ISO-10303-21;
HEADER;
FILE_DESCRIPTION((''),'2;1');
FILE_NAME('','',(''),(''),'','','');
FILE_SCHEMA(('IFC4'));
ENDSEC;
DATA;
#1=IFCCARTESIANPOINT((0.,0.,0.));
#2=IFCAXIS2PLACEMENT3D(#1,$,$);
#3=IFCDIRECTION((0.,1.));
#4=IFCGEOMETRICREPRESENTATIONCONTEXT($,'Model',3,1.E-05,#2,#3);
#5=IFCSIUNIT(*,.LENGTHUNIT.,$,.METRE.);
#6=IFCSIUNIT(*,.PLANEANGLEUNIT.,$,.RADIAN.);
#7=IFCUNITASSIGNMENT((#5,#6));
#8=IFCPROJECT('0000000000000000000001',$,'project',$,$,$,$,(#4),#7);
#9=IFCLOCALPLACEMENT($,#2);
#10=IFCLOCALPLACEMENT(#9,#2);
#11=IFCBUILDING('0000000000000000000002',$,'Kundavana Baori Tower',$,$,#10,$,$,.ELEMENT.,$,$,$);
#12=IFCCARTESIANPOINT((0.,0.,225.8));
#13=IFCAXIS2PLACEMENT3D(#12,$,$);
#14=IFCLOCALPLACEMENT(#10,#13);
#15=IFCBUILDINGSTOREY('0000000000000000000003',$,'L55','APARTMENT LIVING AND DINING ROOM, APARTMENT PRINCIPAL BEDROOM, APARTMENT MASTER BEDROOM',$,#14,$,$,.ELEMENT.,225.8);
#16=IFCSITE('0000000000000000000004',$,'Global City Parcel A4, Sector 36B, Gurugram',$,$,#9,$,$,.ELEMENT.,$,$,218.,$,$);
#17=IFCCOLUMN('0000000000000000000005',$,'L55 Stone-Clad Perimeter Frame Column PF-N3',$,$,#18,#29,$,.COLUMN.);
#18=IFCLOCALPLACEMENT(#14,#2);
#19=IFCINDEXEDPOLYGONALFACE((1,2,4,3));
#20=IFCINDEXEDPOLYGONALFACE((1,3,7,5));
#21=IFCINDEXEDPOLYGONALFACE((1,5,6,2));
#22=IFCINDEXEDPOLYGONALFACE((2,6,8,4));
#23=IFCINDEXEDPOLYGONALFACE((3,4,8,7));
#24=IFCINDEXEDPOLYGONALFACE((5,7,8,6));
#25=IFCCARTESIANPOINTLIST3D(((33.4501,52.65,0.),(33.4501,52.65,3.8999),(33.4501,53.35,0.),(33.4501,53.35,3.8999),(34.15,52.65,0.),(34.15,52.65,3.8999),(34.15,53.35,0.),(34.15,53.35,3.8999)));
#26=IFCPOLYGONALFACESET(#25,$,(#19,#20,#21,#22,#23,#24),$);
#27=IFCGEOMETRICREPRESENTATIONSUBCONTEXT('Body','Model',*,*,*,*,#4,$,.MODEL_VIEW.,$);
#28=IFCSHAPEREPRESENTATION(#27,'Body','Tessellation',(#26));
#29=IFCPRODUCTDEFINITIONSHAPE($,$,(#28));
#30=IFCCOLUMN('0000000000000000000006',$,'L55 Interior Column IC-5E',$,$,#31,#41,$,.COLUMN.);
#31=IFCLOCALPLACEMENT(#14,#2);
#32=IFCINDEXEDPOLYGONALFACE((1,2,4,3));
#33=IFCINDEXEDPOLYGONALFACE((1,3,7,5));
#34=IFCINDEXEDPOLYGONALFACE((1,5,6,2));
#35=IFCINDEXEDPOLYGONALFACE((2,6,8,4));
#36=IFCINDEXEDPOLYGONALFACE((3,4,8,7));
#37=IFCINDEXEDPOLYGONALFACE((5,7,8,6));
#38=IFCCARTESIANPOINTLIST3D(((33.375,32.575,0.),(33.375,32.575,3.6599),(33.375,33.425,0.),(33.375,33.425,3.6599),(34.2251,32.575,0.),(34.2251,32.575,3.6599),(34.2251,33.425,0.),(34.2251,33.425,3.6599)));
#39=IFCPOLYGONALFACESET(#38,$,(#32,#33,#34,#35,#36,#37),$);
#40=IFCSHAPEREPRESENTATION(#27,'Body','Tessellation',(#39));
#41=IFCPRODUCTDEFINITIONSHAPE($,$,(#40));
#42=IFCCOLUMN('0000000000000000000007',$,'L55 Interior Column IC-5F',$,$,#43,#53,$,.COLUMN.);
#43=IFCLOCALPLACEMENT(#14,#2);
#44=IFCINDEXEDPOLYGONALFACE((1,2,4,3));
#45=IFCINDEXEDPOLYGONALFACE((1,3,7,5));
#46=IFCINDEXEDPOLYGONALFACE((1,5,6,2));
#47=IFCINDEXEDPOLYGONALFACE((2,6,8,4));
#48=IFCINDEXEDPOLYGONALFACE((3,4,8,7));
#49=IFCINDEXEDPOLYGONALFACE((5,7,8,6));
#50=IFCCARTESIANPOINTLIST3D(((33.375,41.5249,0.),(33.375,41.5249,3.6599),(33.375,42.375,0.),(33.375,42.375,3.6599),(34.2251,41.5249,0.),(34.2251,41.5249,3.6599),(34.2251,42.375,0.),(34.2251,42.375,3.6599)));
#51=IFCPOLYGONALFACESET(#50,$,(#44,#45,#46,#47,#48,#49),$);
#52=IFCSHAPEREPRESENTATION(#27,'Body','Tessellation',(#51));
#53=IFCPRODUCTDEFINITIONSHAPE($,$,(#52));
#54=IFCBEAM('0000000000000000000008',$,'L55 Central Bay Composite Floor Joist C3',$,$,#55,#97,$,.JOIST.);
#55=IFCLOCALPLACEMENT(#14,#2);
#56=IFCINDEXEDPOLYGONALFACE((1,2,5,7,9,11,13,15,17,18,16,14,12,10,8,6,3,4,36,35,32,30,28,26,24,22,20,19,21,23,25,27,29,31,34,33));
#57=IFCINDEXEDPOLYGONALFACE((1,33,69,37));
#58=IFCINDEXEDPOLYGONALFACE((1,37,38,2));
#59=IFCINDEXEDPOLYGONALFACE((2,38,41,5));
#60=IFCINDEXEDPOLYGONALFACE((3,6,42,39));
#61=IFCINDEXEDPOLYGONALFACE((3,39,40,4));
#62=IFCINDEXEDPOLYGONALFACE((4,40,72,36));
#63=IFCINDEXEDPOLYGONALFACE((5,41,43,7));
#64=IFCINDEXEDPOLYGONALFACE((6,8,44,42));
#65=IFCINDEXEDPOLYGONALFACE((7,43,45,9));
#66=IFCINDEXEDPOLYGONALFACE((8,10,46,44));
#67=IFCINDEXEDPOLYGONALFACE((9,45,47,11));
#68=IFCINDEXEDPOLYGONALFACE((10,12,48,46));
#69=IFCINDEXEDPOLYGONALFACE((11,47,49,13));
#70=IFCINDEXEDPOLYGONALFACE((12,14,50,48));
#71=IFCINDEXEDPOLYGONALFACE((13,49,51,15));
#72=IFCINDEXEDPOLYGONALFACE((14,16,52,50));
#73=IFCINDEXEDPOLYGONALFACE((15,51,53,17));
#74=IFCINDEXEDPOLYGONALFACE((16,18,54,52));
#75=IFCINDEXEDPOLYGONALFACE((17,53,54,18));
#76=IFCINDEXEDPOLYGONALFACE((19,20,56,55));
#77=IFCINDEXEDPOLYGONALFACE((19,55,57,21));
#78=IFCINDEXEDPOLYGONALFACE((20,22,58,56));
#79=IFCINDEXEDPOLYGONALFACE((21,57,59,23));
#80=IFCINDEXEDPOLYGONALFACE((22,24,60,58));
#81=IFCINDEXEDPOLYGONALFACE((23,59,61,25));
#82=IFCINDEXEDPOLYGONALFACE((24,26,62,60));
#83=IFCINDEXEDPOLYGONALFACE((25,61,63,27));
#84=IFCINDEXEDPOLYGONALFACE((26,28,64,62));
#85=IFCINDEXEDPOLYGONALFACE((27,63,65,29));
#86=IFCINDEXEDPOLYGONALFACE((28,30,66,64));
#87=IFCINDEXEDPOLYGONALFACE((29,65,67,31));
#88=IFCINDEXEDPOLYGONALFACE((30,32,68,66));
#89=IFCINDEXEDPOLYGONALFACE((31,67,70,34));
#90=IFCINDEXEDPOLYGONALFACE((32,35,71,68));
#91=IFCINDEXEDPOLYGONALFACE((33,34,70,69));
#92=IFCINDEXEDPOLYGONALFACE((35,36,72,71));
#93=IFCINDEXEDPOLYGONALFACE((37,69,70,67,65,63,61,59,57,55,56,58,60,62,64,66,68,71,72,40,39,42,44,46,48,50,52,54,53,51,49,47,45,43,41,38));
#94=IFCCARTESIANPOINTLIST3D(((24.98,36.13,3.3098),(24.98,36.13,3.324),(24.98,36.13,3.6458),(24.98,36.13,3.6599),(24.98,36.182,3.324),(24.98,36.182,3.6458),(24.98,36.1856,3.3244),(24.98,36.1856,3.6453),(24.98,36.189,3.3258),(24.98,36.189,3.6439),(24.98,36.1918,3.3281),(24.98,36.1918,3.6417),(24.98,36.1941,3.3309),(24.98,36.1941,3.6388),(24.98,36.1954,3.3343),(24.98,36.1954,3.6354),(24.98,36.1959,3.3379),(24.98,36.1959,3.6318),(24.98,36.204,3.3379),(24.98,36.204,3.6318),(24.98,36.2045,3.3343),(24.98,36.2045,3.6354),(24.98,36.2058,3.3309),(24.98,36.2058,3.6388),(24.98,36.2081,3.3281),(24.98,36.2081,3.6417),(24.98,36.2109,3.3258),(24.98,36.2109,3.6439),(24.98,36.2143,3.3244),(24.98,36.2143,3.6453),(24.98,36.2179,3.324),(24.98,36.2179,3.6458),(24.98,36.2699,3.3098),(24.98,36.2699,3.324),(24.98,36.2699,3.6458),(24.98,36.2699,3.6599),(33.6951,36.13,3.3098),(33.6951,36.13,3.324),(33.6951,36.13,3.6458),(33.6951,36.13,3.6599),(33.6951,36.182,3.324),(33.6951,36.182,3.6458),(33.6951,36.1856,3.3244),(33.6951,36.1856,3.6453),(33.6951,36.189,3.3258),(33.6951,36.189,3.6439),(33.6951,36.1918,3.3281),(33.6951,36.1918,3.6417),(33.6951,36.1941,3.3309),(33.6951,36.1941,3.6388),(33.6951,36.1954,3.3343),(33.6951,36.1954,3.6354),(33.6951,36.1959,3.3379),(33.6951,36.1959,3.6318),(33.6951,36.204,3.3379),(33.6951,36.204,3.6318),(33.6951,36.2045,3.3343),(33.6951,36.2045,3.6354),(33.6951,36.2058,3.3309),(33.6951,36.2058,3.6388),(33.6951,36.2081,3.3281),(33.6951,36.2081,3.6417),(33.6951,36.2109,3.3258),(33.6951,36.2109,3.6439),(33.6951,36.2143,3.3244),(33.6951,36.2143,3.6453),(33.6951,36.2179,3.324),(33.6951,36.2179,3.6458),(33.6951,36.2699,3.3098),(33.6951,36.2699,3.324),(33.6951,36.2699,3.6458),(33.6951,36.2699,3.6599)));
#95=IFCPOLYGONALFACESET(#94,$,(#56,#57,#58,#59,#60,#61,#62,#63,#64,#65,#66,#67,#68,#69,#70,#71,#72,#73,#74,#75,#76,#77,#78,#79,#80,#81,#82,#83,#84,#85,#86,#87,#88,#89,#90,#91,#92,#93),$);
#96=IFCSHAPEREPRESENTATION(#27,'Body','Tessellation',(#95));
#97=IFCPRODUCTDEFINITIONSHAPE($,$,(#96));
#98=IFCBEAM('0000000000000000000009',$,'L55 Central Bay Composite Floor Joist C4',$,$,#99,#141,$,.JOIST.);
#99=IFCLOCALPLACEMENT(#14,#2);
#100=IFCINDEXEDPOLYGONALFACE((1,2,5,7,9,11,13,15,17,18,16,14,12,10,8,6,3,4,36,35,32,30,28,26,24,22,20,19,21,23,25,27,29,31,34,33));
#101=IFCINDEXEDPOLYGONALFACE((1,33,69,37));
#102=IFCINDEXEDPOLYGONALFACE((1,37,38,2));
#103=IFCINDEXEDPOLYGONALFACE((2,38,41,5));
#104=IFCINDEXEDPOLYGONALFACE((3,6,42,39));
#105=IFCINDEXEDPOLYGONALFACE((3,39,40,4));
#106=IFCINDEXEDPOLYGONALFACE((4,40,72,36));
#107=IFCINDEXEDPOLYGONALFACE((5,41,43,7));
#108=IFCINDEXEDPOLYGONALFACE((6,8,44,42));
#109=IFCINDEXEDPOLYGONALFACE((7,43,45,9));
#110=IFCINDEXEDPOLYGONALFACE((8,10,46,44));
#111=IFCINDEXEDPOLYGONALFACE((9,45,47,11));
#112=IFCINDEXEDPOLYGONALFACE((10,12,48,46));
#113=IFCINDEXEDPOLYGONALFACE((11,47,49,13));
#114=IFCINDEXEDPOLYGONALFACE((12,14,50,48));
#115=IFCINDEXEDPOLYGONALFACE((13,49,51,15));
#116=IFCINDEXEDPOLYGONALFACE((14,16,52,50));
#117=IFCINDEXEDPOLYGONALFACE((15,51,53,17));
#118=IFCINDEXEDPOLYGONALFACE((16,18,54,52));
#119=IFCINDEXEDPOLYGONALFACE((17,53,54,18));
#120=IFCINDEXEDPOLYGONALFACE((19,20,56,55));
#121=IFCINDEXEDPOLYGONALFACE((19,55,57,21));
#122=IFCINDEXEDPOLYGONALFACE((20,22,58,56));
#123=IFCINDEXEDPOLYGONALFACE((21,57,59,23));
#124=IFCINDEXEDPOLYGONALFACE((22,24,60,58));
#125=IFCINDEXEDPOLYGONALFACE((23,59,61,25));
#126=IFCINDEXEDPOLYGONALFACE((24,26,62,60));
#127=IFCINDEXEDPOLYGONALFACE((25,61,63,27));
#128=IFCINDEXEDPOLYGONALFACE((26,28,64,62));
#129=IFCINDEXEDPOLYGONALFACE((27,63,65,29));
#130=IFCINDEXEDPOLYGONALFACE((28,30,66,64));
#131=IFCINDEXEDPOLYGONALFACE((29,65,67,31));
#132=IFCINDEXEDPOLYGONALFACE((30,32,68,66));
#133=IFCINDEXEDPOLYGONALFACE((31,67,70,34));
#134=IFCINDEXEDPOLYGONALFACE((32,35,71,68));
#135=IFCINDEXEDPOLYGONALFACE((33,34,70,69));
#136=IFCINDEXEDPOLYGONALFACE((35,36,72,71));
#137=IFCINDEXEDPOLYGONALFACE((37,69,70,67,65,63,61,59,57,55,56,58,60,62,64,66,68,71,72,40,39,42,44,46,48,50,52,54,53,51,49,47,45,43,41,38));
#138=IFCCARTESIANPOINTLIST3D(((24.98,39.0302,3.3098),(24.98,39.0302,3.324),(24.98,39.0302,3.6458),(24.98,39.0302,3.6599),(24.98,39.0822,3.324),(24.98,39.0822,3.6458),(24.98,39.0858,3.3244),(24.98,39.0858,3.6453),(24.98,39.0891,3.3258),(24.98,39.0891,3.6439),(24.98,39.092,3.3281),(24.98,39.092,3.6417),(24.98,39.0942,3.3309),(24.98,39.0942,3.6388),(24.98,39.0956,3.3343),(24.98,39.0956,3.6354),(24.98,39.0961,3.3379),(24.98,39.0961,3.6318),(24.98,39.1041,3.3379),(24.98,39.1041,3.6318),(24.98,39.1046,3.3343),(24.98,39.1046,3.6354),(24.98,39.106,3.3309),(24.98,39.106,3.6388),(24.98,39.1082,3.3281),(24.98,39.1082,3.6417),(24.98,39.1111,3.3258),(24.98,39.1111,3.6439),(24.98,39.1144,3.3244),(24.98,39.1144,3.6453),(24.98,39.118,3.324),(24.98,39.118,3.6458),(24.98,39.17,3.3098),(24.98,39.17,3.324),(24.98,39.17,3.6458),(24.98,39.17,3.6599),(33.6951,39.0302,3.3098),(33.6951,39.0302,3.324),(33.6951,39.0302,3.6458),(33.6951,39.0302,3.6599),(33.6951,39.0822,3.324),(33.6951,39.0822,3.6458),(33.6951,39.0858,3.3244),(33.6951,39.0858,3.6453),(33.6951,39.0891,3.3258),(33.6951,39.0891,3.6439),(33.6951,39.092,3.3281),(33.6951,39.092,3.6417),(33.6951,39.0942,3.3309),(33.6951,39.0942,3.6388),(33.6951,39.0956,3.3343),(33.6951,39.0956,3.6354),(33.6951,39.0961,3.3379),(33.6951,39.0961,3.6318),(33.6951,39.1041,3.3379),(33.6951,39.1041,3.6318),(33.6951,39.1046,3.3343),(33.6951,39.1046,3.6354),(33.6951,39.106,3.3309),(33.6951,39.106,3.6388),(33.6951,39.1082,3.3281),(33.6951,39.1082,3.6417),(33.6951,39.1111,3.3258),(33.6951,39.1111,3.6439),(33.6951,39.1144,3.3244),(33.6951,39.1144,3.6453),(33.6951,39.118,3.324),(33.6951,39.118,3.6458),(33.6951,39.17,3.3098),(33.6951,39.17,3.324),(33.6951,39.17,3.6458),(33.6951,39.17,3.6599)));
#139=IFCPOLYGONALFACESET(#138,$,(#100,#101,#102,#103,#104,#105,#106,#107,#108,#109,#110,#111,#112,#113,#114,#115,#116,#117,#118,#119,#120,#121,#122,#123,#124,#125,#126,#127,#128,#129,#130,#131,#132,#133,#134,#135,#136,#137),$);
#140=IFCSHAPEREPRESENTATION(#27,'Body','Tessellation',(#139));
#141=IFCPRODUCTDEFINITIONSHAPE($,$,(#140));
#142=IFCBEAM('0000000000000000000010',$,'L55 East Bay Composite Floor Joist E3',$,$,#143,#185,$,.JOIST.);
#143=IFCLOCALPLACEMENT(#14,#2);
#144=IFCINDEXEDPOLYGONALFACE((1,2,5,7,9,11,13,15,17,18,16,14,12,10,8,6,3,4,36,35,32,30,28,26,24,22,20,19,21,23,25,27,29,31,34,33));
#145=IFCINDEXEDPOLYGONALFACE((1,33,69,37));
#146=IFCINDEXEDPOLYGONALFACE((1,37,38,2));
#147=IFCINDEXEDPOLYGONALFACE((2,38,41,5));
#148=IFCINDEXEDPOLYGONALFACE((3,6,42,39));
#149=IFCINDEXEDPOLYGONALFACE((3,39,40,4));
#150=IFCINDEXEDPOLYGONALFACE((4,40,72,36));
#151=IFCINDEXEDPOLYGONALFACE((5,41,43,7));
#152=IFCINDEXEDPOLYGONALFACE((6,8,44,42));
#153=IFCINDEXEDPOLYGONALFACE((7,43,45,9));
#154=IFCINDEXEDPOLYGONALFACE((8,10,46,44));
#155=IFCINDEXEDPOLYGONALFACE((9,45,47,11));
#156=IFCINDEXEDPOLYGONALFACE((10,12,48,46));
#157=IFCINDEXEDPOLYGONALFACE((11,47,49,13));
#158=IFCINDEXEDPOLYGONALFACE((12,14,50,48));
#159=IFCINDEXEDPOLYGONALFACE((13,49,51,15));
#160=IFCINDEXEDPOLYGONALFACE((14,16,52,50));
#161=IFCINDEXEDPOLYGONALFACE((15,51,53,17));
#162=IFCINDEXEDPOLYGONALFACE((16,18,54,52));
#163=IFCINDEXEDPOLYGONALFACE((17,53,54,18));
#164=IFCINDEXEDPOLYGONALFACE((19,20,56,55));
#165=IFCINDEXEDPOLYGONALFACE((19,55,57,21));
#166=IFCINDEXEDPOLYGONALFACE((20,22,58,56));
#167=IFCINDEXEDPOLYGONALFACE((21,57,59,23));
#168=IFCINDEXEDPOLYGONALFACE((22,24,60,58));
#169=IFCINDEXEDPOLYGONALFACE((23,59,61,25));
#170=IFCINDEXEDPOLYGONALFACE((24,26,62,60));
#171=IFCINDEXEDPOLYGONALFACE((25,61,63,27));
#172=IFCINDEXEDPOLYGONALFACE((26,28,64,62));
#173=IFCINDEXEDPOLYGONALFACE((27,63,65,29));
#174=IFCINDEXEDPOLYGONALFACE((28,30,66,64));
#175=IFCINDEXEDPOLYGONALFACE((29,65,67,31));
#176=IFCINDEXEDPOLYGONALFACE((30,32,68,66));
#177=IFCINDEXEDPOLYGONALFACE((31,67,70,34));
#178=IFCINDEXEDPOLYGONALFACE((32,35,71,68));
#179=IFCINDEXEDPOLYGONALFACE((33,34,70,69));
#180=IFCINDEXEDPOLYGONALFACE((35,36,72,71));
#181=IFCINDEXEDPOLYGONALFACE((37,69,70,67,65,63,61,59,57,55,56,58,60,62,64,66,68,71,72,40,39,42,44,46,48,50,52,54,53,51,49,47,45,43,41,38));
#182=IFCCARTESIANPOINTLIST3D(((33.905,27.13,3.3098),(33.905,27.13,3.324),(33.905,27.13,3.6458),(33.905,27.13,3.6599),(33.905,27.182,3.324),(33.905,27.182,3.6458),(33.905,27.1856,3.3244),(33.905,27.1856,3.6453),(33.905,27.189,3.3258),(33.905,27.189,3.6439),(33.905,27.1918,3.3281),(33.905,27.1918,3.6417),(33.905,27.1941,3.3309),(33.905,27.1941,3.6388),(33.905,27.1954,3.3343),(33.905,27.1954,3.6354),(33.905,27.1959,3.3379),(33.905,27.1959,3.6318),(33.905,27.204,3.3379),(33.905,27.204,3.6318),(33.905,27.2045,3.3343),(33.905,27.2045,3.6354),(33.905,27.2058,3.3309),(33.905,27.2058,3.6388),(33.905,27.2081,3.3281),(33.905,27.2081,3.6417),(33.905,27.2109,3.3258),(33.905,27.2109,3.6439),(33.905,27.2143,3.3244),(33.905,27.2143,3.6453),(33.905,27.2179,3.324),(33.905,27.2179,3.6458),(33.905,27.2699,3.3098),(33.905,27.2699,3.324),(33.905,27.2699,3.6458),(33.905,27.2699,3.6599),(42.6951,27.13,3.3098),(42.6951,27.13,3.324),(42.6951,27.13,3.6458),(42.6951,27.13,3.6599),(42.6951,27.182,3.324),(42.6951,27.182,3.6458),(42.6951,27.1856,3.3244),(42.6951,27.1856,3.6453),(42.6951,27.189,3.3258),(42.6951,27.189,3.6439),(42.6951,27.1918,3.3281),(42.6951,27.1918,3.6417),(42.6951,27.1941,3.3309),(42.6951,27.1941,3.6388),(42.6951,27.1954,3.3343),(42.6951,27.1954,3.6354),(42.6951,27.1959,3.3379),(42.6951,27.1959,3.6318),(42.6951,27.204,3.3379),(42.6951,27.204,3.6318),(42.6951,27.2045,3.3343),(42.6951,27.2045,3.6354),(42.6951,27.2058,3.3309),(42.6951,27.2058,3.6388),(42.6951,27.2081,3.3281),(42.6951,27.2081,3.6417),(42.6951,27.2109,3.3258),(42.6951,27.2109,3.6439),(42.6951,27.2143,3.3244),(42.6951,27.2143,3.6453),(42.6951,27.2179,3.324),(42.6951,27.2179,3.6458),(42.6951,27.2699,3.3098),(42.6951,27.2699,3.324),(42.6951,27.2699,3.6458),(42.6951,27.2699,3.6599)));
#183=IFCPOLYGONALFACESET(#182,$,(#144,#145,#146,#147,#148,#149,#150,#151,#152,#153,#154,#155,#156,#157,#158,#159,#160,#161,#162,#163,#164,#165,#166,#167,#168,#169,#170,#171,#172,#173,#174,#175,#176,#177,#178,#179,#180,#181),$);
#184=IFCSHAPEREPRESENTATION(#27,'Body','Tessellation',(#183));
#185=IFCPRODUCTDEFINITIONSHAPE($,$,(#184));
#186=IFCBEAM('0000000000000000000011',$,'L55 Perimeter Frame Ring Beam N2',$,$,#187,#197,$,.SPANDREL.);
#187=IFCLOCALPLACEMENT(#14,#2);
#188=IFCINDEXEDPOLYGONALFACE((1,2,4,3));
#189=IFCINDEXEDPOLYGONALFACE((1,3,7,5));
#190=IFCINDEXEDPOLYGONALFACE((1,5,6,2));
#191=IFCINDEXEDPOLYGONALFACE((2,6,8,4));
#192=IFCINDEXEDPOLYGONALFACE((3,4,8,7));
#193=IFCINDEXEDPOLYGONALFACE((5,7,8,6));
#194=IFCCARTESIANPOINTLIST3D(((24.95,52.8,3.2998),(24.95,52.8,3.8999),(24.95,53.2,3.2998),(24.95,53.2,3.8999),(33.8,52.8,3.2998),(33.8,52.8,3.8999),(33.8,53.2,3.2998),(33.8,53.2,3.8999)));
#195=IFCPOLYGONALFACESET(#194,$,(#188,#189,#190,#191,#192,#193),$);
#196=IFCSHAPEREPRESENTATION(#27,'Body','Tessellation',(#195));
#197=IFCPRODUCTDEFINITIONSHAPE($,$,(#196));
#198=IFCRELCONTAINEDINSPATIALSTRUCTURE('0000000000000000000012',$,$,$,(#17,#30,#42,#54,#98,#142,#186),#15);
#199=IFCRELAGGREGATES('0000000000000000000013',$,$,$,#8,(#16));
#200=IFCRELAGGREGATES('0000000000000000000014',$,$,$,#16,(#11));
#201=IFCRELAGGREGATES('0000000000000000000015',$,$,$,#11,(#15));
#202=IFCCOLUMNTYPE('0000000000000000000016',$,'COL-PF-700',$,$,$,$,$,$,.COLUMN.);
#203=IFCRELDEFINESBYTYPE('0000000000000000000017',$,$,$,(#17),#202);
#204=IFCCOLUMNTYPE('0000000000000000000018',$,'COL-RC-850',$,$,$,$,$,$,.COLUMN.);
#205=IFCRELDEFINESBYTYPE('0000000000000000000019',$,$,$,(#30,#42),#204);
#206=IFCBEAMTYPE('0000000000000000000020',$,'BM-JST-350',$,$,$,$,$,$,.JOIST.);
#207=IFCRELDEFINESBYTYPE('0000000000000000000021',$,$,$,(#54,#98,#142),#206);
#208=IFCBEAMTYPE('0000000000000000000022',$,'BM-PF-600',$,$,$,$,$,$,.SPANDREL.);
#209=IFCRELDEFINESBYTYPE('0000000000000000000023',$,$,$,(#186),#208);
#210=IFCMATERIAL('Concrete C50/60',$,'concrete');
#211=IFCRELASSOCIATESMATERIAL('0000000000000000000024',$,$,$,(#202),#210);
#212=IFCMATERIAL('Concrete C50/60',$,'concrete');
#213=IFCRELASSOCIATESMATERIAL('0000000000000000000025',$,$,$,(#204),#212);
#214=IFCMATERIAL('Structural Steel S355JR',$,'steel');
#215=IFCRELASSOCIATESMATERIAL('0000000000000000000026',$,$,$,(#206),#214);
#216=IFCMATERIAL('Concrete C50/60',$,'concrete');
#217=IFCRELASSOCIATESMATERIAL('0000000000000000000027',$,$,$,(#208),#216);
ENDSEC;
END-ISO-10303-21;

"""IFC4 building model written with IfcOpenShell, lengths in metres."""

from ifc_helpers import new_model, si_unit, direction, frame, origin, origin_2d, place, context, subcontext, project, spatial, rectangle, i_section, extrude, material, material_profile, profile_set, type_object, element, save


model = new_model("IFC4")

# Units and contexts
model_context = context("Model", 3, precision=1e-05, world=origin(), true_north=direction((0.0, 1.0)))
body_context = subcontext(model_context, "Body", "Model", "MODEL_VIEW")
ifc_project = project(units=[si_unit("LENGTHUNIT", "METRE"), si_unit("PLANEANGLEUNIT", "RADIAN")], contexts=[model_context])

# Site, building, storey
site_placement = place(None, origin())
site = spatial("IfcSite", under=ifc_project, at=site_placement, Name="Global City Parcel A4, Sector 36B, Gurugram", CompositionType="ELEMENT", RefElevation=218.0)
building_placement = place(site_placement, origin())
building = spatial("IfcBuilding", under=site, at=building_placement, Name="Kundavana Baori Tower", CompositionType="ELEMENT")
storey_placement = place(building_placement, frame((0.0, 0.0, 225.8)))
storey = spatial("IfcBuildingStorey", under=building, at=storey_placement, Name="L55", Description="APARTMENT LIVING AND DINING ROOM, APARTMENT PRINCIPAL BEDROOM, APARTMENT MASTER BEDROOM", CompositionType="ELEMENT", Elevation=225.8)

# Columns
ifc_material_1 = material(Name="Concrete C50/60", Category="concrete")
ifc_material_profile_1 = material_profile(ifc_material_1, rectangle(XDim=0.7, YDim=0.7, at=origin_2d()), Name="RC PF 700x700")
ifc_profile_set_1 = profile_set([ifc_material_profile_1], Name="Concrete C50/60")
column_type_1 = type_object("IfcColumnType", Name="COL-PF-700", PredefinedType="COLUMN", material=ifc_profile_set_1)
column_placement = place(storey_placement, frame((33.8, 53.0, 0.0), z_axis=(0.0, 0.0, 1.0), x_axis=(1.0, 0.0, 0.0)))
element("IfcColumn", 1, at=column_placement, inside=storey, type_object=column_type_1, Name="L55 Stone-Clad Perimeter Frame Column PF-N3", PredefinedType="COLUMN", context=body_context, shape_type="SweptSolid", body=[
    extrude(rectangle(XDim=0.7, YDim=0.7, at=origin_2d()), origin(), (0.0, 0.0, 1.0), 3.8999),
])
ifc_material_2 = material(Name="Concrete C50/60", Category="concrete")
ifc_material_profile_2 = material_profile(ifc_material_2, rectangle(XDim=0.8501, YDim=0.8501, at=origin_2d()), Name="RC 850x850")
ifc_profile_set_2 = profile_set([ifc_material_profile_2], Name="Concrete C50/60")
column_type_2 = type_object("IfcColumnType", Name="COL-RC-850", PredefinedType="COLUMN", material=ifc_profile_set_2)
for number, where, z_axis, x_axis, name in (
    (2, (33.8, 33.0, 0.0), (0.0, 0.0, 1.0), (1.0, 0.0, 0.0), "L55 Interior Column IC-5E"),
    (3, (33.8, 41.95, 0.0), (0.0, 0.0, 1.0), (1.0, 0.0, 0.0), "L55 Interior Column IC-5F"),
):
    element("IfcColumn", number, at=place(storey_placement, frame(where, z_axis=z_axis, x_axis=x_axis)), inside=storey, type_object=column_type_2, Name=name, PredefinedType="COLUMN", context=body_context, shape_type="SweptSolid", body=[
        extrude(rectangle(XDim=0.8501, YDim=0.8501, at=origin_2d()), origin(), (0.0, 0.0, 1.0), 3.6599),
    ])

# Beams
ifc_material_3 = material(Name="Structural Steel S355JR", Category="steel")
ifc_material_profile_3 = material_profile(ifc_material_3, i_section(OverallWidth=0.1399, OverallDepth=0.3501, WebThickness=0.0081, FlangeThickness=0.0142, FilletRadius=0.0139, at=origin_2d()), Name="ISMB 350")
ifc_profile_set_3 = profile_set([ifc_material_profile_3], Name="Structural Steel S355JR")
beam_type_1 = type_object("IfcBeamType", Name="BM-JST-350", PredefinedType="JOIST", material=ifc_profile_set_3)
for number, where, z_axis, x_axis, name in (
    (4, (24.98, 36.2, 3.4849), (1.0, 0.0, 0.0), (0.0, 1.0, 0.0), "L55 Central Bay Composite Floor Joist C3"),
    (5, (24.98, 39.1001, 3.4849), (1.0, 0.0, 0.0), (0.0, 1.0, 0.0), "L55 Central Bay Composite Floor Joist C4"),
):
    element("IfcBeam", number, at=place(storey_placement, frame(where, z_axis=z_axis, x_axis=x_axis)), inside=storey, type_object=beam_type_1, Name=name, PredefinedType="JOIST", context=body_context, shape_type="SweptSolid", body=[
        extrude(i_section(OverallWidth=0.1399, OverallDepth=0.3501, WebThickness=0.0081, FlangeThickness=0.0142, FilletRadius=0.0139, at=origin_2d()), origin(), (0.0, 0.0, 1.0), 8.7151),
    ])
beam_1_placement = place(storey_placement, frame((33.905, 27.2, 3.4849), z_axis=(1.0, 0.0, 0.0), x_axis=(0.0, 1.0, 0.0)))
element("IfcBeam", 6, at=beam_1_placement, inside=storey, type_object=beam_type_1, Name="L55 East Bay Composite Floor Joist E3", PredefinedType="JOIST", context=body_context, shape_type="SweptSolid", body=[
    extrude(i_section(OverallWidth=0.1399, OverallDepth=0.3501, WebThickness=0.0081, FlangeThickness=0.0142, FilletRadius=0.0139, at=origin_2d()), origin(), (0.0, 0.0, 1.0), 8.79),
])
ifc_material_4 = material(Name="Concrete C50/60", Category="concrete")
ifc_material_profile_4 = material_profile(ifc_material_4, rectangle(XDim=0.3999, YDim=0.6001, at=origin_2d()), Name="RC BM 400x600")
ifc_profile_set_4 = profile_set([ifc_material_profile_4], Name="Concrete C50/60")
beam_type_2 = type_object("IfcBeamType", Name="BM-PF-600", PredefinedType="SPANDREL", material=ifc_profile_set_4)
beam_2_placement = place(storey_placement, frame((24.95, 53.0, 3.5999), z_axis=(1.0, 0.0, 0.0), x_axis=(0.0, 1.0, 0.0)))
element("IfcBeam", 7, at=beam_2_placement, inside=storey, type_object=beam_type_2, Name="L55 Perimeter Frame Ring Beam N2", PredefinedType="SPANDREL", context=body_context, shape_type="SweptSolid", body=[
    extrude(rectangle(XDim=0.3999, YDim=0.6001, at=origin_2d()), origin(), (0.0, 0.0, 1.0), 8.8501),
])

save(model, "model.ifc")
